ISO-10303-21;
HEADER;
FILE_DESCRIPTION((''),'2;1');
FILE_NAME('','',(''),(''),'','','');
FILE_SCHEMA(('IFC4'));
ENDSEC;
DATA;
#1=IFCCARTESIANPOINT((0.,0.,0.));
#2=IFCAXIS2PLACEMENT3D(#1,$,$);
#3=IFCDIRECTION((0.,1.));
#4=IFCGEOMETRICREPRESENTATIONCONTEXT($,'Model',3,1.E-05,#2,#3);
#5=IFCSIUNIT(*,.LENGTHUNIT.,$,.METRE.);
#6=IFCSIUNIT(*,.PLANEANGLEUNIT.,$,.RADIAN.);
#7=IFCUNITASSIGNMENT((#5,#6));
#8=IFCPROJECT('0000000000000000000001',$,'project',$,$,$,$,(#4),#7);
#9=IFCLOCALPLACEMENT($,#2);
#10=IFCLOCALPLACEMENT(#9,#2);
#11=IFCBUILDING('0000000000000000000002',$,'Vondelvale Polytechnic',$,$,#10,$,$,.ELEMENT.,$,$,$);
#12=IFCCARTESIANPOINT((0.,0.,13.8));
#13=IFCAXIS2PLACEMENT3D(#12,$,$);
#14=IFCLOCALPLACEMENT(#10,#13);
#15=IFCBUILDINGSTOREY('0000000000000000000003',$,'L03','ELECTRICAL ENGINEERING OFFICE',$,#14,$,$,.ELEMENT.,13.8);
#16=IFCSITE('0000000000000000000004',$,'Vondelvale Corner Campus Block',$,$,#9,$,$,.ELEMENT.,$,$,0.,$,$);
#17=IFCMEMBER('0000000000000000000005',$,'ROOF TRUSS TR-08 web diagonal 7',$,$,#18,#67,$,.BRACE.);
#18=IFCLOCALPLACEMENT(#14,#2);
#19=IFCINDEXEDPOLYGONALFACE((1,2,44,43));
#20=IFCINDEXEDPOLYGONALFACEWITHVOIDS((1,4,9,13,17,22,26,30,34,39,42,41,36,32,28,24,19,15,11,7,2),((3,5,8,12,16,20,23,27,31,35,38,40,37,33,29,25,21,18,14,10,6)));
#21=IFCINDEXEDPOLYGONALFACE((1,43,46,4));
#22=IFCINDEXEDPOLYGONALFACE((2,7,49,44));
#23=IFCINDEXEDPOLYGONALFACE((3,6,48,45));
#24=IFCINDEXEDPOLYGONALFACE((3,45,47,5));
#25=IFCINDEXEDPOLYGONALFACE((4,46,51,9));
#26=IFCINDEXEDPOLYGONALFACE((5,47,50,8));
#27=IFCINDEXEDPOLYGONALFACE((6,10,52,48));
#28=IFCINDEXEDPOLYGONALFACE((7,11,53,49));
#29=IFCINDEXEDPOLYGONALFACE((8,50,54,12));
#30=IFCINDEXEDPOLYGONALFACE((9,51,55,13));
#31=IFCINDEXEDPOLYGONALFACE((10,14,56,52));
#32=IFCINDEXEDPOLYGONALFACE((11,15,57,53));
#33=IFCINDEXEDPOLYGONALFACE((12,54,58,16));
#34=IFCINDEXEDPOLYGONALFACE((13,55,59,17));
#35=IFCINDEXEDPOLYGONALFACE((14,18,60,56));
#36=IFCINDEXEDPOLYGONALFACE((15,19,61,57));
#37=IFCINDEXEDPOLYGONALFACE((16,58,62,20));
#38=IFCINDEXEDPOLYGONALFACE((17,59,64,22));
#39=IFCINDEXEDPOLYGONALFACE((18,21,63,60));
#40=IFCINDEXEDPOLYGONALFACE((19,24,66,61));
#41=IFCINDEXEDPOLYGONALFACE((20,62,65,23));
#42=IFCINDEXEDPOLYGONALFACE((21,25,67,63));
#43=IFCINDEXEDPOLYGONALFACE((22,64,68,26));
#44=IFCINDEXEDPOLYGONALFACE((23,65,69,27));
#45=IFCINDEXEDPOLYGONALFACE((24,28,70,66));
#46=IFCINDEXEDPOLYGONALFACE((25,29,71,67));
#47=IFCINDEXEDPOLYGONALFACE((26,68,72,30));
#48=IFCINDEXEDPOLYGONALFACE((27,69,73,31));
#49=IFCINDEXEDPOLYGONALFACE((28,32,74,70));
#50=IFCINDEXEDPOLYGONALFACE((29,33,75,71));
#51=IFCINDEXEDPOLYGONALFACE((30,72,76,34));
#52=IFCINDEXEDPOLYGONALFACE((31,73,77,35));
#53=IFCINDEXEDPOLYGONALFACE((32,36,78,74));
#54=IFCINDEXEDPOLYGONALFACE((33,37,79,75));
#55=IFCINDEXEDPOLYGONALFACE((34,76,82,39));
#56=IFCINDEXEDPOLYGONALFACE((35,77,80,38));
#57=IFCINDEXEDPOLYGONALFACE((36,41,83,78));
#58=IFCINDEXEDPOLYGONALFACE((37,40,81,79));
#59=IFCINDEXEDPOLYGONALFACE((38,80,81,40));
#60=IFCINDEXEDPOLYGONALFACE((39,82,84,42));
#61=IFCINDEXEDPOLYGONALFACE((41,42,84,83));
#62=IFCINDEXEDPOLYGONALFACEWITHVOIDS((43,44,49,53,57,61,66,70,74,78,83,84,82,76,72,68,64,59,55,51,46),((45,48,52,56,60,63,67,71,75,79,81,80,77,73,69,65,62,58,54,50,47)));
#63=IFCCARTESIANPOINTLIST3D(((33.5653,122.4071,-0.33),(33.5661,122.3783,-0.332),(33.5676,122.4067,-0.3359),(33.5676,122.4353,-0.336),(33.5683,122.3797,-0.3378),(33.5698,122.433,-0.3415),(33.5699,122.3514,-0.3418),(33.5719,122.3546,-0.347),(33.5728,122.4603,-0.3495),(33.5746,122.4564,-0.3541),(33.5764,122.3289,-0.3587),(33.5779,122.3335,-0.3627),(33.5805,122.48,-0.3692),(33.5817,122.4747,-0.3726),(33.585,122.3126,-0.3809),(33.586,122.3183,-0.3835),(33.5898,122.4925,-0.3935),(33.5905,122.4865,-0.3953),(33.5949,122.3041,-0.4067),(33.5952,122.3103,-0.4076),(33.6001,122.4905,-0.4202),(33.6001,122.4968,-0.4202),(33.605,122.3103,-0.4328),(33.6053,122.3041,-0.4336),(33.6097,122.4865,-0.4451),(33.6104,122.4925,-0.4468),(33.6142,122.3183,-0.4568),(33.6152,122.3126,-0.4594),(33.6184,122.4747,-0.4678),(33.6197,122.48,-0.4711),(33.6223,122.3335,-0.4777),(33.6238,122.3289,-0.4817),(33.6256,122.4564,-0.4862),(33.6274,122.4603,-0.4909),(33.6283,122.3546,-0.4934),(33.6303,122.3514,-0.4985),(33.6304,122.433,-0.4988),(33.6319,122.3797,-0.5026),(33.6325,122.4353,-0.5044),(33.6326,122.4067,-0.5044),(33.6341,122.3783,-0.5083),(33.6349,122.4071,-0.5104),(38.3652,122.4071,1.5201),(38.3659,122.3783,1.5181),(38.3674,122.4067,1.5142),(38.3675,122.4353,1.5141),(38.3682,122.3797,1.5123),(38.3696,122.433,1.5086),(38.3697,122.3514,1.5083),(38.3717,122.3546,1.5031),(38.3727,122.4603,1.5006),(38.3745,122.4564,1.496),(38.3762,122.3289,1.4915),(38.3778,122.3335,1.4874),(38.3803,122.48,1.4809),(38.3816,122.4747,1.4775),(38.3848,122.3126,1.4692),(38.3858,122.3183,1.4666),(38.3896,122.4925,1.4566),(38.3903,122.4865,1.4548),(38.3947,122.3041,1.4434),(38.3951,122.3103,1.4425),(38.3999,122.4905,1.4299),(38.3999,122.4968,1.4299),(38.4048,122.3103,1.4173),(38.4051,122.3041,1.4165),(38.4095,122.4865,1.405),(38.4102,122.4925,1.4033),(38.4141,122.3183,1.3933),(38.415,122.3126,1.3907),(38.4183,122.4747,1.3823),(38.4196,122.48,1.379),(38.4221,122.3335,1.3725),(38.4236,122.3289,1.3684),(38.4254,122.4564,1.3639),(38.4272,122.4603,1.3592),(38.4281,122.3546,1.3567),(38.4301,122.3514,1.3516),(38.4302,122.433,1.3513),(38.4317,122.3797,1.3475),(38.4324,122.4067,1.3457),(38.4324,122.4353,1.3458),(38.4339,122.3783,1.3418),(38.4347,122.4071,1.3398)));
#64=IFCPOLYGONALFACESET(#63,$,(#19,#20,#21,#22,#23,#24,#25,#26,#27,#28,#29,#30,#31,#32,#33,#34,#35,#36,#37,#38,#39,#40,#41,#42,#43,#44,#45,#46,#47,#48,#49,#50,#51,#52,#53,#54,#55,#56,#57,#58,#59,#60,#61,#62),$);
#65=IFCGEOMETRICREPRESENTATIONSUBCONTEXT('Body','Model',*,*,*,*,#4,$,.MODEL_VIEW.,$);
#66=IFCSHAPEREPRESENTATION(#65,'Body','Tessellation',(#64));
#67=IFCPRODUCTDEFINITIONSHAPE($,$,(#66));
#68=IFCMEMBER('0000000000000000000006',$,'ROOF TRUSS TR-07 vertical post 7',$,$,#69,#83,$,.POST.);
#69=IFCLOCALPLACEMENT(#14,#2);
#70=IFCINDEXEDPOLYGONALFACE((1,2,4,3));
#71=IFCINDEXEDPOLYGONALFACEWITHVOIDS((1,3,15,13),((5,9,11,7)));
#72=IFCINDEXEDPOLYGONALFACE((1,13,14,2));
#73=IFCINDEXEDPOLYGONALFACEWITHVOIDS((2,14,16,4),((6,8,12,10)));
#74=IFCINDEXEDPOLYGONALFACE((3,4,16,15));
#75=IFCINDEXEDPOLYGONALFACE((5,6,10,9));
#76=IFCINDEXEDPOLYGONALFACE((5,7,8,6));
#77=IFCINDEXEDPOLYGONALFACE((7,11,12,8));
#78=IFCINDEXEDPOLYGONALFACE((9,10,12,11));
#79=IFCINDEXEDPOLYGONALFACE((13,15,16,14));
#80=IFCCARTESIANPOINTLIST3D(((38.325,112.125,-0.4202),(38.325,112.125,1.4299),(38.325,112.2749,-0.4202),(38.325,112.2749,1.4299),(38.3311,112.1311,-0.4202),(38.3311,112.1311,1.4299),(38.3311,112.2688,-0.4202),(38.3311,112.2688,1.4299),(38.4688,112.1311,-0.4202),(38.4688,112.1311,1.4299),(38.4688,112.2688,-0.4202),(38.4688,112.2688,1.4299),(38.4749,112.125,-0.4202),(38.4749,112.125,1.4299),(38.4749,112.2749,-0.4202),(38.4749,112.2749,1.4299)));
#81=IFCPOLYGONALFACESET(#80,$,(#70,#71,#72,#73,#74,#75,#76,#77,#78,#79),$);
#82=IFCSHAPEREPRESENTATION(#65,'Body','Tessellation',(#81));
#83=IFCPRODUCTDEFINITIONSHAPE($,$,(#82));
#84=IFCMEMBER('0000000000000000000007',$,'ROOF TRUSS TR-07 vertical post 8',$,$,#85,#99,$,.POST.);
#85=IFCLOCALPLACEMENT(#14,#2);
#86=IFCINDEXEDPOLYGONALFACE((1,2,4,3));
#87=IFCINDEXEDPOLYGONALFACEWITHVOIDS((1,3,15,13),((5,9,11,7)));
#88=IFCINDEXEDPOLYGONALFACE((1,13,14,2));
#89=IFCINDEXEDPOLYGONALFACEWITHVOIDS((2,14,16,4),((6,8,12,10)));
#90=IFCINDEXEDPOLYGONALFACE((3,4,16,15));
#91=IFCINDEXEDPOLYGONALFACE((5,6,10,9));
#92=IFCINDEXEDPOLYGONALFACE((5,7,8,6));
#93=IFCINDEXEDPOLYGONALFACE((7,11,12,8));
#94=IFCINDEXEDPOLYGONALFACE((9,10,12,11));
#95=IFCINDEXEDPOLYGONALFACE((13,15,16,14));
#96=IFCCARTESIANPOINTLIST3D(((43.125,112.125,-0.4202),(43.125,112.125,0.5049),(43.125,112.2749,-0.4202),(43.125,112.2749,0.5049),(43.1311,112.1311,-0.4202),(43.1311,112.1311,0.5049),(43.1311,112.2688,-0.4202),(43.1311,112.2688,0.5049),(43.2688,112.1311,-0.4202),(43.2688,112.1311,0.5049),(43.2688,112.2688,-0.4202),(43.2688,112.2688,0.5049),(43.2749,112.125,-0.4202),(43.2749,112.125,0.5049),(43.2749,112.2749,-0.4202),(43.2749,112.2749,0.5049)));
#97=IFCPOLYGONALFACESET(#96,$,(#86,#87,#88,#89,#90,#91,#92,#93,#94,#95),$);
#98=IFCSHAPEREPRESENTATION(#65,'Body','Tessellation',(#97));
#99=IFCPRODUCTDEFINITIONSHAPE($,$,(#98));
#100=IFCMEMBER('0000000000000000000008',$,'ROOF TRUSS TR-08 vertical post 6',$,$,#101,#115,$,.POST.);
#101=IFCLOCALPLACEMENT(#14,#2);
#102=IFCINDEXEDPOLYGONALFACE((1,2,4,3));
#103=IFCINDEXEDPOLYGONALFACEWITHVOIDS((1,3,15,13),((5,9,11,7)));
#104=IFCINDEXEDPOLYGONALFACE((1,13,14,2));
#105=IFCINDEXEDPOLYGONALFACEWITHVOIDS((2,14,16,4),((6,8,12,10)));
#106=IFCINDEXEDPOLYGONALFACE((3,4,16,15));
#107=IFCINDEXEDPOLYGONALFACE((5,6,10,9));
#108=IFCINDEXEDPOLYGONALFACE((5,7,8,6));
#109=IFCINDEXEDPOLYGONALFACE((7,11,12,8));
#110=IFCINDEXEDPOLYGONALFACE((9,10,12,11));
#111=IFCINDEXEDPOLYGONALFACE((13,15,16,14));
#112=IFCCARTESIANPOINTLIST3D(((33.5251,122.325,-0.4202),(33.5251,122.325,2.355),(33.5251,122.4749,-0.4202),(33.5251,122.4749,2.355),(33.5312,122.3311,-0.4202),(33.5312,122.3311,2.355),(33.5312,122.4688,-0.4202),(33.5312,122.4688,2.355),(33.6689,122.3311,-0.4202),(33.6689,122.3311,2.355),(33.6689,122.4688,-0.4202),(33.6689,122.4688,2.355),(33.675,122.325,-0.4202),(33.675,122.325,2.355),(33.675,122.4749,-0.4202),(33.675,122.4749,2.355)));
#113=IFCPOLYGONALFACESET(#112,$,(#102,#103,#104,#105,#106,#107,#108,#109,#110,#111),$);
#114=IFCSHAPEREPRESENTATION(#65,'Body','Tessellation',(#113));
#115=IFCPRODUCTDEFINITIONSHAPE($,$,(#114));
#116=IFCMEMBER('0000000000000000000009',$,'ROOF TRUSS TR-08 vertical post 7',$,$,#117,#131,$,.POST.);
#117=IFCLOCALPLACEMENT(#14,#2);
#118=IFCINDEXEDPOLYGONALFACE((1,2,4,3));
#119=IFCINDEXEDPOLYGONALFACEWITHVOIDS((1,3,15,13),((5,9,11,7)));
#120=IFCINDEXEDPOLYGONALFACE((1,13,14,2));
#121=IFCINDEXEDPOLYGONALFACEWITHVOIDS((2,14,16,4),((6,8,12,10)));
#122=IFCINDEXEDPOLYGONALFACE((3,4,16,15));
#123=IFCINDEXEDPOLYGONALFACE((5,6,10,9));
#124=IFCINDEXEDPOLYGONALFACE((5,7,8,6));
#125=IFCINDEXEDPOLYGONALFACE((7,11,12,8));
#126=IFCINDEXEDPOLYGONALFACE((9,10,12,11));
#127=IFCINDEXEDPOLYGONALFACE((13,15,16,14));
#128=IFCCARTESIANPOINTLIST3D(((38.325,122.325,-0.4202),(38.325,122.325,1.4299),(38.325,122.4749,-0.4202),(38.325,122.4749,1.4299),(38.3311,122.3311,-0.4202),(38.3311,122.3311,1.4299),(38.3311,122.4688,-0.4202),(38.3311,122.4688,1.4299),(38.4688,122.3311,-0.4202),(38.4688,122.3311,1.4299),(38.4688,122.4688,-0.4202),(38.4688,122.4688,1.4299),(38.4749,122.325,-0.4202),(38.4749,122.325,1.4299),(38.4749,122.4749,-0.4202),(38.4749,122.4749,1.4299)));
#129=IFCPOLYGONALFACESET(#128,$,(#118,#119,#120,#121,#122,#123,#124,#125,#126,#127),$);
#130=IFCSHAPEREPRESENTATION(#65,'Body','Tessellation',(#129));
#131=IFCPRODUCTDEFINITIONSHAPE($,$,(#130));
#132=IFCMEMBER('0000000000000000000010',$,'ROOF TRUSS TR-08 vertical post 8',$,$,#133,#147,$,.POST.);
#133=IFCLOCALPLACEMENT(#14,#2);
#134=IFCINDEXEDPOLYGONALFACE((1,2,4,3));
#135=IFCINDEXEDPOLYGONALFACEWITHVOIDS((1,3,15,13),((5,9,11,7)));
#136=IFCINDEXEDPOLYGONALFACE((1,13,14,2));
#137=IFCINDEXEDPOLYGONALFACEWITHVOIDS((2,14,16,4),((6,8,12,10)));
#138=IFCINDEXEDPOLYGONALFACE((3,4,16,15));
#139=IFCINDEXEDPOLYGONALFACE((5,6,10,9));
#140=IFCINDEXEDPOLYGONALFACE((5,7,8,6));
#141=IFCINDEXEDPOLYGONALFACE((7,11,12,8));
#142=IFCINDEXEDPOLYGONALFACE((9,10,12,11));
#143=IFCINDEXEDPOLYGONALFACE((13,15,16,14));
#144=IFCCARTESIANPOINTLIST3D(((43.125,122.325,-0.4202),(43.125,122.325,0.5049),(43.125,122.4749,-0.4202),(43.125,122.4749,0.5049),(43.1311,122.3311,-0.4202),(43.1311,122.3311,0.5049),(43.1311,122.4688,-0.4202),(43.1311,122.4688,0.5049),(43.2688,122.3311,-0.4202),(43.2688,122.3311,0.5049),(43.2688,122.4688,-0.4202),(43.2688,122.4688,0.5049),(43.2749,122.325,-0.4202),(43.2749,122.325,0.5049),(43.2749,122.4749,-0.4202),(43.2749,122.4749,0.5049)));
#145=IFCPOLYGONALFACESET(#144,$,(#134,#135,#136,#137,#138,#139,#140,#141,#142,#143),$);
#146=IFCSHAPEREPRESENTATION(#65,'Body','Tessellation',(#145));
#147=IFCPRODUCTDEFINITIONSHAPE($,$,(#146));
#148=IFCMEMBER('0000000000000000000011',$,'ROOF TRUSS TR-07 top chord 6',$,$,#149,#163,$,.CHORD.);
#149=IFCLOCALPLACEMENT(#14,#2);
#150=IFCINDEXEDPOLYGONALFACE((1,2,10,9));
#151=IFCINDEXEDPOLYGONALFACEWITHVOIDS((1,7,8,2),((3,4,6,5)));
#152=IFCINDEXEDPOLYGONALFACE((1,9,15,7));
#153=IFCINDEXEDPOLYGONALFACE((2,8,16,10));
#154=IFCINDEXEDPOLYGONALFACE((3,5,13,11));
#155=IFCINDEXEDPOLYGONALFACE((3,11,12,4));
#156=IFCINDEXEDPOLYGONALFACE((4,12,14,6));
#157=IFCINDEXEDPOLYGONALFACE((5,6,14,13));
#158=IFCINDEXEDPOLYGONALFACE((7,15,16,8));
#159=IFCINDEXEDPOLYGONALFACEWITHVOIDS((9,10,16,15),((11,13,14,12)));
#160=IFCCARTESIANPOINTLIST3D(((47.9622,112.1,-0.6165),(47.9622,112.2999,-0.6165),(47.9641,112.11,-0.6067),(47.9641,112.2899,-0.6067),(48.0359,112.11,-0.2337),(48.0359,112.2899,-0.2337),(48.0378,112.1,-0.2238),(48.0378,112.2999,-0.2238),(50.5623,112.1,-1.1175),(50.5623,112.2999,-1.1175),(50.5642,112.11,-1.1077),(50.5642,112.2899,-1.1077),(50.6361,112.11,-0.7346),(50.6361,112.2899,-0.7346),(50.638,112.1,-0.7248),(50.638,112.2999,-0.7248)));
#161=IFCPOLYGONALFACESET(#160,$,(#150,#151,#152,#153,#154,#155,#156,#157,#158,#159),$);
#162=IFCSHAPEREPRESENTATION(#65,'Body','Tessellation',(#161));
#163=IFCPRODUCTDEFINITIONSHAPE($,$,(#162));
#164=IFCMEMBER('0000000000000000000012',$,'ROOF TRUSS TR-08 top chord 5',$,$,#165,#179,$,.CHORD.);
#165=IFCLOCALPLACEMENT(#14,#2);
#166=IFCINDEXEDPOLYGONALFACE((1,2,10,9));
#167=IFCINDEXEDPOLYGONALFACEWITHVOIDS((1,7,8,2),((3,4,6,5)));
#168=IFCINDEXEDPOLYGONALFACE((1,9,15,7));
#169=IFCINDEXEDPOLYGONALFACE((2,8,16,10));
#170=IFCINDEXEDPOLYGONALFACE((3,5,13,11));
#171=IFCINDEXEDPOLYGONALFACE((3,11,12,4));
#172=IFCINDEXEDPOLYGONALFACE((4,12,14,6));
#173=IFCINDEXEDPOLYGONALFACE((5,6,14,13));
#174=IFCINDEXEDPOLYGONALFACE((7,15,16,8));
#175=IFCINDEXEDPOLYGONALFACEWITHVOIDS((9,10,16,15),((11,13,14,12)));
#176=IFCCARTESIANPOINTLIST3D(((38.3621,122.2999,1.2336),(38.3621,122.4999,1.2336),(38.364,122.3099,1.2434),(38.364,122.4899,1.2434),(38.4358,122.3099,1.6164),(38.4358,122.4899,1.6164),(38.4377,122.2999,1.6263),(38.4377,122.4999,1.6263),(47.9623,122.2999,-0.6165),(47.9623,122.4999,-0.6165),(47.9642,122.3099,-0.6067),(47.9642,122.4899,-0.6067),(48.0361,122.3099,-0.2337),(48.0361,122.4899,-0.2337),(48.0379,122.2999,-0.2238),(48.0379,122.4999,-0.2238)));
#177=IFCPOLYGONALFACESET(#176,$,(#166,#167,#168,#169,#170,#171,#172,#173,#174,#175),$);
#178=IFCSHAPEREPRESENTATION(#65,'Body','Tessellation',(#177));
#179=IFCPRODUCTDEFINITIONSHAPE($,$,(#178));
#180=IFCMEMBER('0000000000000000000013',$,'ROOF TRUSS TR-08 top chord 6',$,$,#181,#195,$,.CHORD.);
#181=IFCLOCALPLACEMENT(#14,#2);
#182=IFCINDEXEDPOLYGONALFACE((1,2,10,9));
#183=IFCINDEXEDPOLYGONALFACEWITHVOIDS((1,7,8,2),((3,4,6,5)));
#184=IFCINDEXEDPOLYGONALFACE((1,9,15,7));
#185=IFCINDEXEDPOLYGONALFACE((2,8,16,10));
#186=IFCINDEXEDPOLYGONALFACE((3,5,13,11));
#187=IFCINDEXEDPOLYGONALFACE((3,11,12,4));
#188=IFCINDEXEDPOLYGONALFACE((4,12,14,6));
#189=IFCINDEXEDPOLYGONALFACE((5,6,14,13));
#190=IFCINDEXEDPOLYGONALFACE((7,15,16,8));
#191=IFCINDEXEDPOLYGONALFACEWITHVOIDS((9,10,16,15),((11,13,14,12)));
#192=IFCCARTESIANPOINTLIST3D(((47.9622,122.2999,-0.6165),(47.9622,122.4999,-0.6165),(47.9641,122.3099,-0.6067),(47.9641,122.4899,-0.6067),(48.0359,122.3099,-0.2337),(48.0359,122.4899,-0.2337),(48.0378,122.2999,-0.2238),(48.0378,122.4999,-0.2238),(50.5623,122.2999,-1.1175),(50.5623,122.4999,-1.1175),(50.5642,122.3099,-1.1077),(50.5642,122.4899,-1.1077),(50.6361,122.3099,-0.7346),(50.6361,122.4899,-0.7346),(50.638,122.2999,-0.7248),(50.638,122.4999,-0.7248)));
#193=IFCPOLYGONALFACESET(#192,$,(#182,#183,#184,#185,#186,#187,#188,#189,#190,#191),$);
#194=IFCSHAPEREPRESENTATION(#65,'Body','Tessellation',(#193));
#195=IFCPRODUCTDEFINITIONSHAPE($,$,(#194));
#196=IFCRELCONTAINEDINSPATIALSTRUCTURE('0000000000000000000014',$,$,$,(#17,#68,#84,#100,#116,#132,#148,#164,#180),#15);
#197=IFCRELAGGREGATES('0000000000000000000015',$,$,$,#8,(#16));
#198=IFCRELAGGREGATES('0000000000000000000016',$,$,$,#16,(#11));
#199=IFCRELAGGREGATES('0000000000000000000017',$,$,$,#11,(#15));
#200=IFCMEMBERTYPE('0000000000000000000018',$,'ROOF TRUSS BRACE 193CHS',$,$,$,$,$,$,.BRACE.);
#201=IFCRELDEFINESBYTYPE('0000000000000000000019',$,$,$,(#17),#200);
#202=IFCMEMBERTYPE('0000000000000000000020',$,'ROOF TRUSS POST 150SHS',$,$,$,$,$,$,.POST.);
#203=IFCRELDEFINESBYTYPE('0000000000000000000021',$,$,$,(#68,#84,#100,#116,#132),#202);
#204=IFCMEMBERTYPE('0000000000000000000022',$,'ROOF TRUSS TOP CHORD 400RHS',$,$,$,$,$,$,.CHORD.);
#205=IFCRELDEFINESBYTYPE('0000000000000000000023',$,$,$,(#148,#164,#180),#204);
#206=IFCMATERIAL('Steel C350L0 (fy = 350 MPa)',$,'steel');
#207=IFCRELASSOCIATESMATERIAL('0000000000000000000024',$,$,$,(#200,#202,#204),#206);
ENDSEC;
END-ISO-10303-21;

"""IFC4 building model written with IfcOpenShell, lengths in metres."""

from ifc_helpers import new_model, si_unit, direction, frame, origin, origin_2d, place, context, subcontext, project, spatial, hollow_rectangle, hollow_circle, extrude, material, material_profile, profile_set, type_object, element, save


model = new_model("IFC4")

# Units and contexts
model_context = context("Model", 3, precision=1e-05, world=origin(), true_north=direction((0.0, 1.0)))
body_context = subcontext(model_context, "Body", "Model", "MODEL_VIEW")
ifc_project = project(units=[si_unit("LENGTHUNIT", "METRE"), si_unit("PLANEANGLEUNIT", "RADIAN")], contexts=[model_context])

# Site, building, storey
site_placement = place(None, origin())
site = spatial("IfcSite", under=ifc_project, at=site_placement, Name="Vondelvale Corner Campus Block", CompositionType="ELEMENT", RefElevation=0.0)
building_placement = place(site_placement, origin())
building = spatial("IfcBuilding", under=site, at=building_placement, Name="Vondelvale Polytechnic", CompositionType="ELEMENT")
storey_placement = place(building_placement, frame((0.0, 0.0, 13.8)))
storey = spatial("IfcBuildingStorey", under=building, at=storey_placement, Name="L03", Description="ELECTRICAL ENGINEERING OFFICE", CompositionType="ELEMENT", Elevation=13.8)

# Members
ifc_material_1 = material(Name="Steel C350L0 (fy = 350 MPa)", Category="steel")
ifc_material_profile_1 = material_profile(ifc_material_1, hollow_circle(Radius=0.0969, WallThickness=0.0063, at=origin_2d()), Name="193.7x6.4CHS")
ifc_profile_set_1 = profile_set([ifc_material_profile_1], Name="Steel C350L0 (fy = 350 MPa)")
member_type_1 = type_object("IfcMemberType", Name="ROOF TRUSS BRACE 193CHS", PredefinedType="BRACE", material=ifc_profile_set_1)
member_1_placement = place(storey_placement, frame((33.6001, 122.3999, -0.4202), z_axis=(0.933084, 0.0, 0.35966), x_axis=(0.0, 1.0, 0.0)))
element("IfcMember", 1, at=member_1_placement, inside=storey, type_object=member_type_1, Name="ROOF TRUSS TR-08 web diagonal 7", PredefinedType="BRACE", context=body_context, shape_type="SweptSolid", body=[
    extrude(hollow_circle(Radius=0.0969, WallThickness=0.0063, at=origin_2d()), origin(), (0.0, 0.0, 1.0), 5.144),
])
ifc_material_profile_2 = material_profile(ifc_material_1, hollow_rectangle(XDim=0.1499, YDim=0.1499, WallThickness=0.0061, at=origin_2d()), Name="150x150x6.0SHS")
ifc_profile_set_2 = profile_set([ifc_material_profile_2], Name="Steel C350L0 (fy = 350 MPa)")
member_type_2 = type_object("IfcMemberType", Name="ROOF TRUSS POST 150SHS", PredefinedType="POST", material=ifc_profile_set_2)
member_2_placement = place(storey_placement, frame((38.3999, 112.2, -0.4202), z_axis=(0.0, 0.0, 1.0), x_axis=(1.0, 0.0, 0.0)))
element("IfcMember", 2, at=member_2_placement, inside=storey, type_object=member_type_2, Name="ROOF TRUSS TR-07 vertical post 7", PredefinedType="POST", context=body_context, shape_type="SweptSolid", body=[
    extrude(hollow_rectangle(XDim=0.1499, YDim=0.1499, WallThickness=0.0061, at=origin_2d()), origin(), (0.0, 0.0, 1.0), 1.8501),
])
member_3_placement = place(storey_placement, frame((43.2, 112.2, -0.4202), z_axis=(0.0, 0.0, 1.0), x_axis=(1.0, 0.0, 0.0)))
element("IfcMember", 3, at=member_3_placement, inside=storey, type_object=member_type_2, Name="ROOF TRUSS TR-07 vertical post 8", PredefinedType="POST", context=body_context, shape_type="SweptSolid", body=[
    extrude(hollow_rectangle(XDim=0.1499, YDim=0.1499, WallThickness=0.0061, at=origin_2d()), origin(), (0.0, 0.0, 1.0), 0.925),
])
member_4_placement = place(storey_placement, frame((33.6001, 122.3999, -0.4202), z_axis=(0.0, 0.0, 1.0), x_axis=(1.0, 0.0, 0.0)))
element("IfcMember", 4, at=member_4_placement, inside=storey, type_object=member_type_2, Name="ROOF TRUSS TR-08 vertical post 6", PredefinedType="POST", context=body_context, shape_type="SweptSolid", body=[
    extrude(hollow_rectangle(XDim=0.1499, YDim=0.1499, WallThickness=0.0061, at=origin_2d()), origin(), (0.0, 0.0, 1.0), 2.7751),
])
member_5_placement = place(storey_placement, frame((38.3999, 122.3999, -0.4202), z_axis=(0.0, 0.0, 1.0), x_axis=(1.0, 0.0, 0.0)))
element("IfcMember", 5, at=member_5_placement, inside=storey, type_object=member_type_2, Name="ROOF TRUSS TR-08 vertical post 7", PredefinedType="POST", context=body_context, shape_type="SweptSolid", body=[
    extrude(hollow_rectangle(XDim=0.1499, YDim=0.1499, WallThickness=0.0061, at=origin_2d()), origin(), (0.0, 0.0, 1.0), 1.8501),
])
member_6_placement = place(storey_placement, frame((43.2, 122.3999, -0.4202), z_axis=(0.0, 0.0, 1.0), x_axis=(1.0, 0.0, 0.0)))
element("IfcMember", 6, at=member_6_placement, inside=storey, type_object=member_type_2, Name="ROOF TRUSS TR-08 vertical post 8", PredefinedType="POST", context=body_context, shape_type="SweptSolid", body=[
    extrude(hollow_rectangle(XDim=0.1499, YDim=0.1499, WallThickness=0.0061, at=origin_2d()), origin(), (0.0, 0.0, 1.0), 0.925),
])
ifc_material_profile_3 = material_profile(ifc_material_1, hollow_rectangle(XDim=0.2, YDim=0.3999, WallThickness=0.01, at=origin_2d()), Name="400x200x10.0RHS")
ifc_profile_set_3 = profile_set([ifc_material_profile_3], Name="Steel C350L0 (fy = 350 MPa)")
member_type_3 = type_object("IfcMemberType", Name="ROOF TRUSS TOP CHORD 400RHS", PredefinedType="CHORD", material=ifc_profile_set_3)
member_7_placement = place(storey_placement, frame((48.0, 112.2, -0.4202), z_axis=(0.981939, 0.0, -0.189196), x_axis=(0.0, 1.0, 0.0)))
element("IfcMember", 7, at=member_7_placement, inside=storey, type_object=member_type_3, Name="ROOF TRUSS TR-07 top chord 6", PredefinedType="CHORD", context=body_context, shape_type="SweptSolid", body=[
    extrude(hollow_rectangle(XDim=0.2, YDim=0.3999, WallThickness=0.01, at=origin_2d()), origin(), (0.0, 0.0, 1.0), 2.6479),
])
member_8_placement = place(storey_placement, frame((38.3999, 122.3999, 1.4299), z_axis=(0.981932, 0.0, -0.189235), x_axis=(0.0, 1.0, 0.0)))
element("IfcMember", 8, at=member_8_placement, inside=storey, type_object=member_type_3, Name="ROOF TRUSS TR-08 top chord 5", PredefinedType="CHORD", context=body_context, shape_type="SweptSolid", body=[
    extrude(hollow_rectangle(XDim=0.2, YDim=0.3999, WallThickness=0.01, at=origin_2d()), origin(), (0.0, 0.0, 1.0), 9.7769),
])
member_9_placement = place(storey_placement, frame((48.0, 122.3999, -0.4202), z_axis=(0.981939, 0.0, -0.189196), x_axis=(0.0, 1.0, 0.0)))
element("IfcMember", 9, at=member_9_placement, inside=storey, type_object=member_type_3, Name="ROOF TRUSS TR-08 top chord 6", PredefinedType="CHORD", context=body_context, shape_type="SweptSolid", body=[
    extrude(hollow_rectangle(XDim=0.2, YDim=0.3999, WallThickness=0.01, at=origin_2d()), origin(), (0.0, 0.0, 1.0), 2.6479),
])

save(model, "model.ifc")
